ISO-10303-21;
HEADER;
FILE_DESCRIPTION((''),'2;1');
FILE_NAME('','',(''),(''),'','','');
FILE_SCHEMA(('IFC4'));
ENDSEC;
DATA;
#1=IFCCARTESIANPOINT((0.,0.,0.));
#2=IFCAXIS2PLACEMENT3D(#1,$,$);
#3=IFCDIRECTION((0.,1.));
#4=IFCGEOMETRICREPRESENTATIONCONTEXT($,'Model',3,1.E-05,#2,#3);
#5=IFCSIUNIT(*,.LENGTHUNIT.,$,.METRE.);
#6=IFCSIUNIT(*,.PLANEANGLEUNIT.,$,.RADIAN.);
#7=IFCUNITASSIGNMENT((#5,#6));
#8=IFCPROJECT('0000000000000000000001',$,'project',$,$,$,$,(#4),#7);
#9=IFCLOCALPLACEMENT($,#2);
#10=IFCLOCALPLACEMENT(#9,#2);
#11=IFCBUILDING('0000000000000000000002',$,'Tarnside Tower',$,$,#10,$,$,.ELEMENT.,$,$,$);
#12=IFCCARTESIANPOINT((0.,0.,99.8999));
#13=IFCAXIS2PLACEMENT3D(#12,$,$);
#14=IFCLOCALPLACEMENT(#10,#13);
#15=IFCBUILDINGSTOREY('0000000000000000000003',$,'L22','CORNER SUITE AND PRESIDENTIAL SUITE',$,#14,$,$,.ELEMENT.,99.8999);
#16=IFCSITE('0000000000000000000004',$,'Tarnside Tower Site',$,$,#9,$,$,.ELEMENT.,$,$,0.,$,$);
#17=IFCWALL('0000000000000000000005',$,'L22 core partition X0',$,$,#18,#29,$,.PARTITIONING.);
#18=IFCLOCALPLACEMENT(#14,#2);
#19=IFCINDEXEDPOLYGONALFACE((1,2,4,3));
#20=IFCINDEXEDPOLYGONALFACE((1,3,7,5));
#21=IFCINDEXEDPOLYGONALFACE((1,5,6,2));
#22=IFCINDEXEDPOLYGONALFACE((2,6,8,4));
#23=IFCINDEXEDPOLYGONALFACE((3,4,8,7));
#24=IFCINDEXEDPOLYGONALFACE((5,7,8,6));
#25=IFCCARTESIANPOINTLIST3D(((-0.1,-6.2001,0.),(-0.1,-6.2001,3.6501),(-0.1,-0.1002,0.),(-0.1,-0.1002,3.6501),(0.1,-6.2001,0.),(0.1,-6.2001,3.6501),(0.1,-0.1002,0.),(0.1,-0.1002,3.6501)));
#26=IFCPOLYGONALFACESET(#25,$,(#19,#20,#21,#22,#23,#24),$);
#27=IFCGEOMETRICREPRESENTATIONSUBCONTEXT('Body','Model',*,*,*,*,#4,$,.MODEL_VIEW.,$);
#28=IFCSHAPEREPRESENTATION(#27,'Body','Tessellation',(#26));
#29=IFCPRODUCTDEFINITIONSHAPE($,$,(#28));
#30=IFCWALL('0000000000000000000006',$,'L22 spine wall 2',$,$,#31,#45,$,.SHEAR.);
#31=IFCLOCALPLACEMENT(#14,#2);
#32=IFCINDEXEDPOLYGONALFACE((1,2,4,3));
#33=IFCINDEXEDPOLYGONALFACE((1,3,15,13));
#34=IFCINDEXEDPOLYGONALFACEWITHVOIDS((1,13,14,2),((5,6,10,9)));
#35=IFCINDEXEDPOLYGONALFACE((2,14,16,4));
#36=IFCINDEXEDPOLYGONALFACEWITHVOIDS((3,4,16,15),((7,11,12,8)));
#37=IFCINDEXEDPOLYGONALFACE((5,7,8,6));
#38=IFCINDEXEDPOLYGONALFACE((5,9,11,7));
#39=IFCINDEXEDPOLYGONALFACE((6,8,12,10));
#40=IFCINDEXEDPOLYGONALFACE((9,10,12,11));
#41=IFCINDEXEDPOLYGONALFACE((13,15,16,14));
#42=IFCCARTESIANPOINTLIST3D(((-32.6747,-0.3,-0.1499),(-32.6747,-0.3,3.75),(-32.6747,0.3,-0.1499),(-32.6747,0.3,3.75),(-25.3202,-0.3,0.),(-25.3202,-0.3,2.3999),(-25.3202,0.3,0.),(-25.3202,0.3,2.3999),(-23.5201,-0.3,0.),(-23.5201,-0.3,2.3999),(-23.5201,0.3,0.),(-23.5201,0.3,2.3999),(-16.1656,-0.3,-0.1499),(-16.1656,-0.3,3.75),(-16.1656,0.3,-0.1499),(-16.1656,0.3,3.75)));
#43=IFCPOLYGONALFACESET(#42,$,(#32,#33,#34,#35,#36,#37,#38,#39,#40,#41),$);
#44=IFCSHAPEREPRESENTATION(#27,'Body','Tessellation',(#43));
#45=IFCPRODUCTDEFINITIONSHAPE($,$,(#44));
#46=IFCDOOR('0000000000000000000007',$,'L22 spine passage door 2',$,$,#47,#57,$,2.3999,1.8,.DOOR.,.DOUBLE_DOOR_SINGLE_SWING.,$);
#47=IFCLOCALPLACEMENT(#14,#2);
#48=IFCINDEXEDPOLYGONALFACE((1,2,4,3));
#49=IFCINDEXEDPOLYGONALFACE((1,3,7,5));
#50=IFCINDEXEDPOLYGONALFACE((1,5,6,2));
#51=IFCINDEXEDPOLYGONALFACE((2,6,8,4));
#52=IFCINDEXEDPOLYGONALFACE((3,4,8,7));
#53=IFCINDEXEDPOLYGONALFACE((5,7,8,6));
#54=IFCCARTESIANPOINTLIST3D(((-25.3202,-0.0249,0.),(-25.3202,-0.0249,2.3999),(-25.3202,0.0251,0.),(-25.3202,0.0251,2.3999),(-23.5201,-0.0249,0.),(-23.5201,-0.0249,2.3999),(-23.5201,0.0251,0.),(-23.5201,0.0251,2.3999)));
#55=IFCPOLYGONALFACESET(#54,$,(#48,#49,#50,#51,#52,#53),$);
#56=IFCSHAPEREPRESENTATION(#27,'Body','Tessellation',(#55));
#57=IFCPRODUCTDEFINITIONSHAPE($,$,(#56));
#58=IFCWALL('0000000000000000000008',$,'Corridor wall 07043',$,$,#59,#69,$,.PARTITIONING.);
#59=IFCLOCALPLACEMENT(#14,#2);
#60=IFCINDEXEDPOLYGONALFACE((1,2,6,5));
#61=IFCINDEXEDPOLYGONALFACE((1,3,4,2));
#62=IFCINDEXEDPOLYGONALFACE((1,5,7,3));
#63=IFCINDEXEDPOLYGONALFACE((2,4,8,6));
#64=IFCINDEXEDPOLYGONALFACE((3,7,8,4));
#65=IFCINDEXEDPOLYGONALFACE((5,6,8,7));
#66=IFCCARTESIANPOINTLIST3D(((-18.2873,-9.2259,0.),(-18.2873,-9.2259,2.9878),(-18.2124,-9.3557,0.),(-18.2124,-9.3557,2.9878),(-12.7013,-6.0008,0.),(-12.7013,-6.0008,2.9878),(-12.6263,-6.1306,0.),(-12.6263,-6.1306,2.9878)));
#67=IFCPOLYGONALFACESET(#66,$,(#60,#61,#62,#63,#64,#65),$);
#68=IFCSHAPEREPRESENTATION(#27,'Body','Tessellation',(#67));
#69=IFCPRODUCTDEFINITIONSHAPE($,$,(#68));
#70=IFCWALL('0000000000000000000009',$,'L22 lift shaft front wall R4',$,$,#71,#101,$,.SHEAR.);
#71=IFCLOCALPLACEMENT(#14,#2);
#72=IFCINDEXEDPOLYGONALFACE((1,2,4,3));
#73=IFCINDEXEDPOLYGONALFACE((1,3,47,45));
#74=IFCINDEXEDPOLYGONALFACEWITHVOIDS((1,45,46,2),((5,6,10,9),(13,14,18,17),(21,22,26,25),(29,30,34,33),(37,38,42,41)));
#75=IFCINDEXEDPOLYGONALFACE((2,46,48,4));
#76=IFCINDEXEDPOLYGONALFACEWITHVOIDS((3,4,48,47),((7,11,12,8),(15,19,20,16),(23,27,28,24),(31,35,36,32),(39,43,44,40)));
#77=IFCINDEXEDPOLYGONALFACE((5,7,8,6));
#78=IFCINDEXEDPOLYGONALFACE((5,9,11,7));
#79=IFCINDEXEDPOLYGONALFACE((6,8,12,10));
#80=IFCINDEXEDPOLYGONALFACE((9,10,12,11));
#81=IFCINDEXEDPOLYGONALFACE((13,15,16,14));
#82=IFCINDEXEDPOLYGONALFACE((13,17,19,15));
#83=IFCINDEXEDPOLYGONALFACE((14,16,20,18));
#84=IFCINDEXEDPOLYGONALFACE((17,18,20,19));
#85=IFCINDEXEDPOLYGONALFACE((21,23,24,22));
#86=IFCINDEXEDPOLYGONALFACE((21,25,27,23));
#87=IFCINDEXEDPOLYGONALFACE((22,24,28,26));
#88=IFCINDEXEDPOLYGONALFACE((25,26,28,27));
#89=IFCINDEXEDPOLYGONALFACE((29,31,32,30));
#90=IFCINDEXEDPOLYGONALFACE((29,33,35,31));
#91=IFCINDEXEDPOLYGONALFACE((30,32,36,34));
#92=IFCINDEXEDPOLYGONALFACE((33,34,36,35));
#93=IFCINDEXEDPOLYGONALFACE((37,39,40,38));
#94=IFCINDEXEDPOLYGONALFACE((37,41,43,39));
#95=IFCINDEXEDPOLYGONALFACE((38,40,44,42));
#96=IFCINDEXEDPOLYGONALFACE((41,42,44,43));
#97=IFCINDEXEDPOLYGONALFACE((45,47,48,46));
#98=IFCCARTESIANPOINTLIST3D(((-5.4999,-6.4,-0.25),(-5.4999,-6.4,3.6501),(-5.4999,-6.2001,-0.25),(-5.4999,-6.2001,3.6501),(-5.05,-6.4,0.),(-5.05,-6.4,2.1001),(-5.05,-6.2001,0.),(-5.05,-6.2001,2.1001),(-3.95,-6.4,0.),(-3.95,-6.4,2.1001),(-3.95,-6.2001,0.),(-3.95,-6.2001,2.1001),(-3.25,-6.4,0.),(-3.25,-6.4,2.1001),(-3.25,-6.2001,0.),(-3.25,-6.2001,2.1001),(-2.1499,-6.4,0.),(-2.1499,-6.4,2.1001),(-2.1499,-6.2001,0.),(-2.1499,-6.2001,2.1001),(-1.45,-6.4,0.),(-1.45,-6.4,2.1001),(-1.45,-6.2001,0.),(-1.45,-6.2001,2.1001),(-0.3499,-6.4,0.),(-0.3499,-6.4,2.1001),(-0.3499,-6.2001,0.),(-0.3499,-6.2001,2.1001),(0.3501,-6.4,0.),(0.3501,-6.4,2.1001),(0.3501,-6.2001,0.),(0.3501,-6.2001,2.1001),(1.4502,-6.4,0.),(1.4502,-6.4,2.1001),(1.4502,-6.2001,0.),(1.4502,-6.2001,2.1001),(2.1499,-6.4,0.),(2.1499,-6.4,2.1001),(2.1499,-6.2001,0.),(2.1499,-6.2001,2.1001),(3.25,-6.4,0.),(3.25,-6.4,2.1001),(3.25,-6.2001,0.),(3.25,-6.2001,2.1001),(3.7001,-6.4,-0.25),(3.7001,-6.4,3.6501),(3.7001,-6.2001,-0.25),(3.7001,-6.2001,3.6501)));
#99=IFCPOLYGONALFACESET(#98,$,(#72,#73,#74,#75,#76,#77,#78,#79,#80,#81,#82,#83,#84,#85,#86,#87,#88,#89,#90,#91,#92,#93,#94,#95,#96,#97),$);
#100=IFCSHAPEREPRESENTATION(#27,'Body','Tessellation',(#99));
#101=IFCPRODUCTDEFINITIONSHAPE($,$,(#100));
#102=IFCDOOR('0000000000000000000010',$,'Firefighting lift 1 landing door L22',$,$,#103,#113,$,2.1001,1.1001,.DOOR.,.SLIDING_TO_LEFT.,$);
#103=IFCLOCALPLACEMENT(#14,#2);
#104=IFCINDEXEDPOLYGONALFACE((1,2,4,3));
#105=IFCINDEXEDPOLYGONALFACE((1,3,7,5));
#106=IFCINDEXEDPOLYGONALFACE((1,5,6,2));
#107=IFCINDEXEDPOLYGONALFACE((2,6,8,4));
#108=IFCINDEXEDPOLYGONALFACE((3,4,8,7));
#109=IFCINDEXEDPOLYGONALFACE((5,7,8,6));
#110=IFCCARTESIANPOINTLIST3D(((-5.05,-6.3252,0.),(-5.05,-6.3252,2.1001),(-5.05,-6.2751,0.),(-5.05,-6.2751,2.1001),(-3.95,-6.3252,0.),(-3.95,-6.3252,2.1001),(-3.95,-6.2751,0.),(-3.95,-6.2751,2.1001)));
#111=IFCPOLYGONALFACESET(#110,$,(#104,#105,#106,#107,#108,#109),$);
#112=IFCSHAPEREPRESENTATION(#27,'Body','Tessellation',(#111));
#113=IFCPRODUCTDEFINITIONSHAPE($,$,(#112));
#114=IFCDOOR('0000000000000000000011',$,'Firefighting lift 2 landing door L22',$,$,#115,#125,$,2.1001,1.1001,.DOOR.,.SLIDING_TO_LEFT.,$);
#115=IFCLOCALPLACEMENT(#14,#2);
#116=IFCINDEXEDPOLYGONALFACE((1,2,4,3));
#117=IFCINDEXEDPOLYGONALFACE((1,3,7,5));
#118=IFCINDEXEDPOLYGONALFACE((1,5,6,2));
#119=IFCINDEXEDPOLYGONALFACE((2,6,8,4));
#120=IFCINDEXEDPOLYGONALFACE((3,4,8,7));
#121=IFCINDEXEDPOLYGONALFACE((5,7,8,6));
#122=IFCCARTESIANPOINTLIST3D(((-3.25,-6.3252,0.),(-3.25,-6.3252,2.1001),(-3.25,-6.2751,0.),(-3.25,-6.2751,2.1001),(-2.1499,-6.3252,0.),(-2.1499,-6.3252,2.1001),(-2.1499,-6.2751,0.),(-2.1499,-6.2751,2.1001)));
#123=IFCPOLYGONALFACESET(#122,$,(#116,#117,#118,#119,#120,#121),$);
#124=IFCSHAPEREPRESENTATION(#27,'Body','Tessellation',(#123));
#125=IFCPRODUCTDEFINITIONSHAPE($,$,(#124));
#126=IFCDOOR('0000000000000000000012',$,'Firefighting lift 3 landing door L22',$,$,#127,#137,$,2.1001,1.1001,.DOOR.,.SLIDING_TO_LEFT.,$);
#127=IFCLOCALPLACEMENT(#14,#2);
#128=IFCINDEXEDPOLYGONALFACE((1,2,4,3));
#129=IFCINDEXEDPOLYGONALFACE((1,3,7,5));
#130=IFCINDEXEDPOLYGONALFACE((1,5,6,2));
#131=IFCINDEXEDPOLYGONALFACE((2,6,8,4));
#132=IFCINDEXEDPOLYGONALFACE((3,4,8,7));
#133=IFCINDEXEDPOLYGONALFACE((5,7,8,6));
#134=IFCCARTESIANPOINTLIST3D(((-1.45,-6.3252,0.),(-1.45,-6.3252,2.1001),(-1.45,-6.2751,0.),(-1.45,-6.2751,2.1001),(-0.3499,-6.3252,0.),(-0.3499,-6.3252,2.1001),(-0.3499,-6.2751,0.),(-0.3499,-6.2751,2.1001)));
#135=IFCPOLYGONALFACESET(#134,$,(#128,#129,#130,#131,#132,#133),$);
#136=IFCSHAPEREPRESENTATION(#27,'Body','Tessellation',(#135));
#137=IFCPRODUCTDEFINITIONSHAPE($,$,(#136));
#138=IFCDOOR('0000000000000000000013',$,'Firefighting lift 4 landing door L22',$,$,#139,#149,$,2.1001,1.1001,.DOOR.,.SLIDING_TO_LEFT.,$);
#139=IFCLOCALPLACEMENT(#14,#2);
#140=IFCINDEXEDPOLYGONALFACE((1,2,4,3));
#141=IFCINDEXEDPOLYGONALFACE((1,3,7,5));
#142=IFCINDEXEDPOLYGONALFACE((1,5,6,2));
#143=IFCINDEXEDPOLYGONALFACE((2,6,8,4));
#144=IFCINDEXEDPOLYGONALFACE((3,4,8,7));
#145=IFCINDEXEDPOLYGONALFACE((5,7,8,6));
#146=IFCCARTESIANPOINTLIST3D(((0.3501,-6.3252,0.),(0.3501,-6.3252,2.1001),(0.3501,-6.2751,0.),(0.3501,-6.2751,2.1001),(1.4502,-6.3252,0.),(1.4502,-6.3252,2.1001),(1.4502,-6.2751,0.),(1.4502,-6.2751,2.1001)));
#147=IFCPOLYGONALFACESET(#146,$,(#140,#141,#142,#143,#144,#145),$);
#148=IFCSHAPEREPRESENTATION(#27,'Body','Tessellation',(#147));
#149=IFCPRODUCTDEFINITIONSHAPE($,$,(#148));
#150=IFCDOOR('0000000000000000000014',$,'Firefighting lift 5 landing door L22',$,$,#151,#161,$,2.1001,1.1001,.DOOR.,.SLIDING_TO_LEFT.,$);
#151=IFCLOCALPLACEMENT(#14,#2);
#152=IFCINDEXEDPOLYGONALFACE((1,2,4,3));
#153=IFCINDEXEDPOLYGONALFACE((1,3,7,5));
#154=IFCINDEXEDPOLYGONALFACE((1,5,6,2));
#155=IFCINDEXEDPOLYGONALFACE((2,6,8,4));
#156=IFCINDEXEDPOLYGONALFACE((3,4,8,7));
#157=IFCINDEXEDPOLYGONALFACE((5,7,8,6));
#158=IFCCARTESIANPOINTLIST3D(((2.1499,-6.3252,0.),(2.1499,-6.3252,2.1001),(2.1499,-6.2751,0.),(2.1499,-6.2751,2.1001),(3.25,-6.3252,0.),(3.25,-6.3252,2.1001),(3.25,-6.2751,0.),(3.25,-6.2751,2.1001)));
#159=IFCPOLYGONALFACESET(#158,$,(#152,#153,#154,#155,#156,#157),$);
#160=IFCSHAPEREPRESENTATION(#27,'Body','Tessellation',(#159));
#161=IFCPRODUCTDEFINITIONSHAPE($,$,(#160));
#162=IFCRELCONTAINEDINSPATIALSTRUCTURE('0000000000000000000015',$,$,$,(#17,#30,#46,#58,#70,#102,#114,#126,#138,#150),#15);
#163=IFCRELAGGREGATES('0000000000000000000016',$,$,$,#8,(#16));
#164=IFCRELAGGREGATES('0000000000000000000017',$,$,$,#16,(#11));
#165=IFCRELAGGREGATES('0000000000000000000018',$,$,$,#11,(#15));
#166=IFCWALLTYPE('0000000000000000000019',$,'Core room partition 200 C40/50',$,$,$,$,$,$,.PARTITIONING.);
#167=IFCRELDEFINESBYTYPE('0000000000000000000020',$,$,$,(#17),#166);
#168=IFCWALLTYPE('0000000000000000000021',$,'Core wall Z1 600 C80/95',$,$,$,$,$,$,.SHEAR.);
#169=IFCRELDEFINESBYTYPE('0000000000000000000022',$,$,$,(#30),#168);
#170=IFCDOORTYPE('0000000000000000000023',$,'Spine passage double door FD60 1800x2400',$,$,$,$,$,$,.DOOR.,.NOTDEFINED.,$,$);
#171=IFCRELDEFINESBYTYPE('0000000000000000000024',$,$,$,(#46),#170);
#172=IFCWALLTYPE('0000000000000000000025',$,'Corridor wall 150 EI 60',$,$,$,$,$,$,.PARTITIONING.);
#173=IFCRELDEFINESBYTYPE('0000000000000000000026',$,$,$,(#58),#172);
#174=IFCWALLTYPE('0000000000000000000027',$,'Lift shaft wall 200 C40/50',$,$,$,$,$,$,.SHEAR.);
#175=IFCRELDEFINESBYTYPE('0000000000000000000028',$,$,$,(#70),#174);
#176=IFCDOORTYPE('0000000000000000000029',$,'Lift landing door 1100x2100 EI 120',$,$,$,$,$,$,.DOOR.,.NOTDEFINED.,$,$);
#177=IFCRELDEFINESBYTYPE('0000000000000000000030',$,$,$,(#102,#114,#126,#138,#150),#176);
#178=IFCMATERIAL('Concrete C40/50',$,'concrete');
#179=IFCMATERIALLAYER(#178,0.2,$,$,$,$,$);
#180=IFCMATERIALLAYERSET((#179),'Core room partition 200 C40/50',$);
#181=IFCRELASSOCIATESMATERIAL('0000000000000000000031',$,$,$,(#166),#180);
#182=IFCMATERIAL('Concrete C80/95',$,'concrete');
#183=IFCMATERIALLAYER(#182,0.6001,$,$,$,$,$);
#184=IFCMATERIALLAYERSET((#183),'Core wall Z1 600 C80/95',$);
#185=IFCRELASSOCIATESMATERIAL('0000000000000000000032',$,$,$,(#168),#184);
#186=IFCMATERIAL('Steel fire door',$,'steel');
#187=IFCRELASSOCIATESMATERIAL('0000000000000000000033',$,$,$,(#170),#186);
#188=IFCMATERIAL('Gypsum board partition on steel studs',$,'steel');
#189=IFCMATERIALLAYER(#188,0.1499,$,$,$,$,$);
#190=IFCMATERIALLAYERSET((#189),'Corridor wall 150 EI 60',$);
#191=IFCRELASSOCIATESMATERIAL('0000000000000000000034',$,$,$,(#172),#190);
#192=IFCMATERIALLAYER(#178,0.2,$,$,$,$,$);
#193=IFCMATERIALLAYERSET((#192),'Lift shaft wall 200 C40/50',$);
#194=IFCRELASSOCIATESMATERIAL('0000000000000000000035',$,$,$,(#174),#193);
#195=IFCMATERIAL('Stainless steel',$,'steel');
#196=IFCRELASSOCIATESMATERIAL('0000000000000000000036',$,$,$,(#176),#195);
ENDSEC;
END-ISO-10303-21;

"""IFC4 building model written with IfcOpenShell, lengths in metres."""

from ifc_helpers import new_model, si_unit, direction, frame, frame_2d, origin, place, context, subcontext, project, spatial, rectangle, extrude, material, layer, layer_set, type_object, element, fill, save


model = new_model("IFC4")

# Units and contexts
model_context = context("Model", 3, precision=1e-05, world=origin(), true_north=direction((0.0, 1.0)))
body_context = subcontext(model_context, "Body", "Model", "MODEL_VIEW")
ifc_project = project(units=[si_unit("LENGTHUNIT", "METRE"), si_unit("PLANEANGLEUNIT", "RADIAN")], contexts=[model_context])

# Site, building, storey
site_placement = place(None, origin())
site = spatial("IfcSite", under=ifc_project, at=site_placement, Name="Tarnside Tower Site", CompositionType="ELEMENT", RefElevation=0.0)
building_placement = place(site_placement, origin())
building = spatial("IfcBuilding", under=site, at=building_placement, Name="Tarnside Tower", CompositionType="ELEMENT")
storey_placement = place(building_placement, frame((0.0, 0.0, 99.8999)))
storey = spatial("IfcBuildingStorey", under=building, at=storey_placement, Name="L22", Description="CORNER SUITE AND PRESIDENTIAL SUITE", CompositionType="ELEMENT", Elevation=99.8999)

# Wall
ifc_material_1 = material(Name="Concrete C40/50", Category="concrete")
ifc_layer_1 = layer(ifc_material_1, 0.2)
ifc_layer_set_1 = layer_set([ifc_layer_1], Name="Core room partition 200 C40/50")
wall_type_1 = type_object("IfcWallType", Name="Core room partition 200 C40/50", PredefinedType="PARTITIONING", material=ifc_layer_set_1)
wall_1_placement = place(storey_placement, frame((0.0, -6.2, 0.0), z_axis=(0.0, 0.0, 1.0), x_axis=(0.0, 1.0, 0.0)))
element("IfcWall", 1, at=wall_1_placement, inside=storey, type_object=wall_type_1, Name="L22 core partition X0", PredefinedType="PARTITIONING", context=body_context, shape_type="SweptSolid", body=[
    extrude(rectangle(XDim=6.0999, YDim=0.2, at=frame_2d((3.0498, 0.0))), origin(), (0.0, 0.0, 1.0), 3.6501),
])

# Wall, opening, door
ifc_material_2 = material(Name="Concrete C80/95", Category="concrete")
ifc_layer_2 = layer(ifc_material_2, 0.6001)
ifc_layer_set_2 = layer_set([ifc_layer_2], Name="Core wall Z1 600 C80/95")
wall_type_2 = type_object("IfcWallType", Name="Core wall Z1 600 C80/95", PredefinedType="SHEAR", material=ifc_layer_set_2)
wall_2_placement = place(storey_placement, frame((-16.1658, 0.0, -0.1499), z_axis=(0.0, 0.0, 1.0), x_axis=(-1.0, 0.0, 0.0)))
wall_2 = element("IfcWall", 2, at=wall_2_placement, inside=storey, type_object=wall_type_2, Name="L22 spine wall 2", PredefinedType="SHEAR", context=body_context, shape_type="SweptSolid", body=[
    extrude(rectangle(XDim=16.509, YDim=0.6001, at=frame_2d((8.2544, 0.0))), origin(), (0.0, 0.0, 1.0), 3.8999),
])
opening_1_placement = place(wall_2_placement, frame((7.3545, 0.0, 0.1499)))
opening_1 = element("IfcOpeningElement", 3, at=opening_1_placement, cuts=wall_2, PredefinedType="OPENING", context=body_context, shape_type="SweptSolid", body=[
    extrude(rectangle(XDim=1.8, YDim=2.3999, at=frame_2d((0.8999, 1.2))), frame((0.0, 0.3101, 0.0), z_axis=(0.0, -1.0, 0.0), x_axis=(1.0, 0.0, 0.0)), (0.0, 0.0, 1.0), 0.6201),
])
ifc_material_3 = material(Name="Steel fire door", Category="steel")
door_type_1 = type_object("IfcDoorType", Name="Spine passage double door FD60 1800x2400", OperationType="NOTDEFINED", PredefinedType="DOOR", material=ifc_material_3)
door_1_placement = place(opening_1_placement, origin())
door_1 = element("IfcDoor", 4, at=door_1_placement, inside=storey, type_object=door_type_1, Name="L22 spine passage door 2", OperationType="DOUBLE_DOOR_SINGLE_SWING", OverallHeight=2.3999, OverallWidth=1.8, PredefinedType="DOOR", context=body_context, shape_type="SweptSolid", body=[
    extrude(rectangle(XDim=1.8, YDim=2.3999, at=frame_2d((0.8999, 1.2))), frame((0.0, 0.0249, 0.0), z_axis=(0.0, -1.0, 0.0), x_axis=(1.0, 0.0, 0.0)), (0.0, 0.0, 1.0), 0.05),
])
fill(opening_1, door_1)

# Wall
ifc_material_4 = material(Name="Gypsum board partition on steel studs", Category="steel")
ifc_layer_3 = layer(ifc_material_4, 0.1499)
ifc_layer_set_3 = layer_set([ifc_layer_3], Name="Corridor wall 150 EI 60")
wall_type_3 = type_object("IfcWallType", Name="Corridor wall 150 EI 60", PredefinedType="PARTITIONING", material=ifc_layer_set_3)
wall_3_placement = place(storey_placement, frame((-12.6638, -6.0657, 0.0), z_axis=(0.0, 0.0, 1.0), x_axis=(-0.866022, -0.500006, 0.0)))
element("IfcWall", 5, at=wall_3_placement, inside=storey, type_object=wall_type_3, Name="Corridor wall 07043", PredefinedType="PARTITIONING", context=body_context, shape_type="SweptSolid", body=[
    extrude(rectangle(XDim=6.4502, YDim=0.1499, at=frame_2d((3.2251, 0.0))), origin(), (0.0, 0.0, 1.0), 2.9878),
])

# Wall, openings, doors
ifc_layer_4 = layer(ifc_material_1, 0.2)
ifc_layer_set_4 = layer_set([ifc_layer_4], Name="Lift shaft wall 200 C40/50")
wall_type_4 = type_object("IfcWallType", Name="Lift shaft wall 200 C40/50", PredefinedType="SHEAR", material=ifc_layer_set_4)
wall_4_placement = place(storey_placement, frame((-5.5, -6.3, -0.25), z_axis=(0.0, 0.0, 1.0), x_axis=(1.0, 0.0, 0.0)))
wall_4 = element("IfcWall", 6, at=wall_4_placement, inside=storey, type_object=wall_type_4, Name="L22 lift shaft front wall R4", PredefinedType="SHEAR", context=body_context, shape_type="SweptSolid", body=[
    extrude(rectangle(XDim=9.2, YDim=0.2, at=frame_2d((4.6001, 0.0))), origin(), (0.0, 0.0, 1.0), 3.9001),
])
opening_2_placement = place(wall_4_placement, frame((0.45, 0.0, 0.25)))
opening_2 = element("IfcOpeningElement", 7, at=opening_2_placement, cuts=wall_4, PredefinedType="OPENING", context=body_context, shape_type="SweptSolid", body=[
    extrude(rectangle(XDim=1.1001, YDim=2.1001, at=frame_2d((0.55, 1.05))), frame((0.0, 0.1099, 0.0), z_axis=(0.0, -1.0, 0.0), x_axis=(1.0, 0.0, 0.0)), (0.0, 0.0, 1.0), 0.22),
])
opening_3_placement = place(wall_4_placement, frame((2.25, 0.0, 0.25)))
opening_3 = element("IfcOpeningElement", 8, at=opening_3_placement, cuts=wall_4, PredefinedType="OPENING", context=body_context, shape_type="SweptSolid", body=[
    extrude(rectangle(XDim=1.1001, YDim=2.1001, at=frame_2d((0.55, 1.05))), frame((0.0, 0.1099, 0.0), z_axis=(0.0, -1.0, 0.0), x_axis=(1.0, 0.0, 0.0)), (0.0, 0.0, 1.0), 0.22),
])
opening_4_placement = place(wall_4_placement, frame((4.05, 0.0, 0.25)))
opening_4 = element("IfcOpeningElement", 9, at=opening_4_placement, cuts=wall_4, PredefinedType="OPENING", context=body_context, shape_type="SweptSolid", body=[
    extrude(rectangle(XDim=1.1001, YDim=2.1001, at=frame_2d((0.55, 1.05))), frame((0.0, 0.1099, 0.0), z_axis=(0.0, -1.0, 0.0), x_axis=(1.0, 0.0, 0.0)), (0.0, 0.0, 1.0), 0.22),
])
opening_5_placement = place(wall_4_placement, frame((5.8501, 0.0, 0.25)))
opening_5 = element("IfcOpeningElement", 10, at=opening_5_placement, cuts=wall_4, PredefinedType="OPENING", context=body_context, shape_type="SweptSolid", body=[
    extrude(rectangle(XDim=1.1001, YDim=2.1001, at=frame_2d((0.55, 1.05))), frame((0.0, 0.1099, 0.0), z_axis=(0.0, -1.0, 0.0), x_axis=(1.0, 0.0, 0.0)), (0.0, 0.0, 1.0), 0.22),
])
opening_6_placement = place(wall_4_placement, frame((7.6499, 0.0, 0.25)))
opening_6 = element("IfcOpeningElement", 11, at=opening_6_placement, cuts=wall_4, PredefinedType="OPENING", context=body_context, shape_type="SweptSolid", body=[
    extrude(rectangle(XDim=1.1001, YDim=2.1001, at=frame_2d((0.55, 1.05))), frame((0.0, 0.1099, 0.0), z_axis=(0.0, -1.0, 0.0), x_axis=(1.0, 0.0, 0.0)), (0.0, 0.0, 1.0), 0.22),
])
ifc_material_5 = material(Name="Stainless steel", Category="steel")
door_type_2 = type_object("IfcDoorType", Name="Lift landing door 1100x2100 EI 120", OperationType="NOTDEFINED", PredefinedType="DOOR", material=ifc_material_5)
door_2_placement = place(opening_2_placement, origin())
door_2 = element("IfcDoor", 12, at=door_2_placement, inside=storey, type_object=door_type_2, Name="Firefighting lift 1 landing door L22", OperationType="SLIDING_TO_LEFT", OverallHeight=2.1001, OverallWidth=1.1001, PredefinedType="DOOR", context=body_context, shape_type="SweptSolid", body=[
    extrude(rectangle(XDim=1.1001, YDim=2.1001, at=frame_2d((0.55, 1.05))), frame((0.0, 0.0249, 0.0), z_axis=(0.0, -1.0, 0.0), x_axis=(1.0, 0.0, 0.0)), (0.0, 0.0, 1.0), 0.05),
])
fill(opening_2, door_2)
door_3_placement = place(opening_3_placement, origin())
door_3 = element("IfcDoor", 13, at=door_3_placement, inside=storey, type_object=door_type_2, Name="Firefighting lift 2 landing door L22", OperationType="SLIDING_TO_LEFT", OverallHeight=2.1001, OverallWidth=1.1001, PredefinedType="DOOR", context=body_context, shape_type="SweptSolid", body=[
    extrude(rectangle(XDim=1.1001, YDim=2.1001, at=frame_2d((0.55, 1.05))), frame((0.0, 0.0249, 0.0), z_axis=(0.0, -1.0, 0.0), x_axis=(1.0, 0.0, 0.0)), (0.0, 0.0, 1.0), 0.05),
])
fill(opening_3, door_3)
door_4_placement = place(opening_4_placement, origin())
door_4 = element("IfcDoor", 14, at=door_4_placement, inside=storey, type_object=door_type_2, Name="Firefighting lift 3 landing door L22", OperationType="SLIDING_TO_LEFT", OverallHeight=2.1001, OverallWidth=1.1001, PredefinedType="DOOR", context=body_context, shape_type="SweptSolid", body=[
    extrude(rectangle(XDim=1.1001, YDim=2.1001, at=frame_2d((0.55, 1.05))), frame((0.0, 0.0249, 0.0), z_axis=(0.0, -1.0, 0.0), x_axis=(1.0, 0.0, 0.0)), (0.0, 0.0, 1.0), 0.05),
])
fill(opening_4, door_4)
door_5_placement = place(opening_5_placement, origin())
door_5 = element("IfcDoor", 15, at=door_5_placement, inside=storey, type_object=door_type_2, Name="Firefighting lift 4 landing door L22", OperationType="SLIDING_TO_LEFT", OverallHeight=2.1001, OverallWidth=1.1001, PredefinedType="DOOR", context=body_context, shape_type="SweptSolid", body=[
    extrude(rectangle(XDim=1.1001, YDim=2.1001, at=frame_2d((0.55, 1.05))), frame((0.0, 0.0249, 0.0), z_axis=(0.0, -1.0, 0.0), x_axis=(1.0, 0.0, 0.0)), (0.0, 0.0, 1.0), 0.05),
])
fill(opening_5, door_5)
door_6_placement = place(opening_6_placement, origin())
door_6 = element("IfcDoor", 16, at=door_6_placement, inside=storey, type_object=door_type_2, Name="Firefighting lift 5 landing door L22", OperationType="SLIDING_TO_LEFT", OverallHeight=2.1001, OverallWidth=1.1001, PredefinedType="DOOR", context=body_context, shape_type="SweptSolid", body=[
    extrude(rectangle(XDim=1.1001, YDim=2.1001, at=frame_2d((0.55, 1.05))), frame((0.0, 0.0249, 0.0), z_axis=(0.0, -1.0, 0.0), x_axis=(1.0, 0.0, 0.0)), (0.0, 0.0, 1.0), 0.05),
])
fill(opening_6, door_6)

save(model, "model.ifc")
